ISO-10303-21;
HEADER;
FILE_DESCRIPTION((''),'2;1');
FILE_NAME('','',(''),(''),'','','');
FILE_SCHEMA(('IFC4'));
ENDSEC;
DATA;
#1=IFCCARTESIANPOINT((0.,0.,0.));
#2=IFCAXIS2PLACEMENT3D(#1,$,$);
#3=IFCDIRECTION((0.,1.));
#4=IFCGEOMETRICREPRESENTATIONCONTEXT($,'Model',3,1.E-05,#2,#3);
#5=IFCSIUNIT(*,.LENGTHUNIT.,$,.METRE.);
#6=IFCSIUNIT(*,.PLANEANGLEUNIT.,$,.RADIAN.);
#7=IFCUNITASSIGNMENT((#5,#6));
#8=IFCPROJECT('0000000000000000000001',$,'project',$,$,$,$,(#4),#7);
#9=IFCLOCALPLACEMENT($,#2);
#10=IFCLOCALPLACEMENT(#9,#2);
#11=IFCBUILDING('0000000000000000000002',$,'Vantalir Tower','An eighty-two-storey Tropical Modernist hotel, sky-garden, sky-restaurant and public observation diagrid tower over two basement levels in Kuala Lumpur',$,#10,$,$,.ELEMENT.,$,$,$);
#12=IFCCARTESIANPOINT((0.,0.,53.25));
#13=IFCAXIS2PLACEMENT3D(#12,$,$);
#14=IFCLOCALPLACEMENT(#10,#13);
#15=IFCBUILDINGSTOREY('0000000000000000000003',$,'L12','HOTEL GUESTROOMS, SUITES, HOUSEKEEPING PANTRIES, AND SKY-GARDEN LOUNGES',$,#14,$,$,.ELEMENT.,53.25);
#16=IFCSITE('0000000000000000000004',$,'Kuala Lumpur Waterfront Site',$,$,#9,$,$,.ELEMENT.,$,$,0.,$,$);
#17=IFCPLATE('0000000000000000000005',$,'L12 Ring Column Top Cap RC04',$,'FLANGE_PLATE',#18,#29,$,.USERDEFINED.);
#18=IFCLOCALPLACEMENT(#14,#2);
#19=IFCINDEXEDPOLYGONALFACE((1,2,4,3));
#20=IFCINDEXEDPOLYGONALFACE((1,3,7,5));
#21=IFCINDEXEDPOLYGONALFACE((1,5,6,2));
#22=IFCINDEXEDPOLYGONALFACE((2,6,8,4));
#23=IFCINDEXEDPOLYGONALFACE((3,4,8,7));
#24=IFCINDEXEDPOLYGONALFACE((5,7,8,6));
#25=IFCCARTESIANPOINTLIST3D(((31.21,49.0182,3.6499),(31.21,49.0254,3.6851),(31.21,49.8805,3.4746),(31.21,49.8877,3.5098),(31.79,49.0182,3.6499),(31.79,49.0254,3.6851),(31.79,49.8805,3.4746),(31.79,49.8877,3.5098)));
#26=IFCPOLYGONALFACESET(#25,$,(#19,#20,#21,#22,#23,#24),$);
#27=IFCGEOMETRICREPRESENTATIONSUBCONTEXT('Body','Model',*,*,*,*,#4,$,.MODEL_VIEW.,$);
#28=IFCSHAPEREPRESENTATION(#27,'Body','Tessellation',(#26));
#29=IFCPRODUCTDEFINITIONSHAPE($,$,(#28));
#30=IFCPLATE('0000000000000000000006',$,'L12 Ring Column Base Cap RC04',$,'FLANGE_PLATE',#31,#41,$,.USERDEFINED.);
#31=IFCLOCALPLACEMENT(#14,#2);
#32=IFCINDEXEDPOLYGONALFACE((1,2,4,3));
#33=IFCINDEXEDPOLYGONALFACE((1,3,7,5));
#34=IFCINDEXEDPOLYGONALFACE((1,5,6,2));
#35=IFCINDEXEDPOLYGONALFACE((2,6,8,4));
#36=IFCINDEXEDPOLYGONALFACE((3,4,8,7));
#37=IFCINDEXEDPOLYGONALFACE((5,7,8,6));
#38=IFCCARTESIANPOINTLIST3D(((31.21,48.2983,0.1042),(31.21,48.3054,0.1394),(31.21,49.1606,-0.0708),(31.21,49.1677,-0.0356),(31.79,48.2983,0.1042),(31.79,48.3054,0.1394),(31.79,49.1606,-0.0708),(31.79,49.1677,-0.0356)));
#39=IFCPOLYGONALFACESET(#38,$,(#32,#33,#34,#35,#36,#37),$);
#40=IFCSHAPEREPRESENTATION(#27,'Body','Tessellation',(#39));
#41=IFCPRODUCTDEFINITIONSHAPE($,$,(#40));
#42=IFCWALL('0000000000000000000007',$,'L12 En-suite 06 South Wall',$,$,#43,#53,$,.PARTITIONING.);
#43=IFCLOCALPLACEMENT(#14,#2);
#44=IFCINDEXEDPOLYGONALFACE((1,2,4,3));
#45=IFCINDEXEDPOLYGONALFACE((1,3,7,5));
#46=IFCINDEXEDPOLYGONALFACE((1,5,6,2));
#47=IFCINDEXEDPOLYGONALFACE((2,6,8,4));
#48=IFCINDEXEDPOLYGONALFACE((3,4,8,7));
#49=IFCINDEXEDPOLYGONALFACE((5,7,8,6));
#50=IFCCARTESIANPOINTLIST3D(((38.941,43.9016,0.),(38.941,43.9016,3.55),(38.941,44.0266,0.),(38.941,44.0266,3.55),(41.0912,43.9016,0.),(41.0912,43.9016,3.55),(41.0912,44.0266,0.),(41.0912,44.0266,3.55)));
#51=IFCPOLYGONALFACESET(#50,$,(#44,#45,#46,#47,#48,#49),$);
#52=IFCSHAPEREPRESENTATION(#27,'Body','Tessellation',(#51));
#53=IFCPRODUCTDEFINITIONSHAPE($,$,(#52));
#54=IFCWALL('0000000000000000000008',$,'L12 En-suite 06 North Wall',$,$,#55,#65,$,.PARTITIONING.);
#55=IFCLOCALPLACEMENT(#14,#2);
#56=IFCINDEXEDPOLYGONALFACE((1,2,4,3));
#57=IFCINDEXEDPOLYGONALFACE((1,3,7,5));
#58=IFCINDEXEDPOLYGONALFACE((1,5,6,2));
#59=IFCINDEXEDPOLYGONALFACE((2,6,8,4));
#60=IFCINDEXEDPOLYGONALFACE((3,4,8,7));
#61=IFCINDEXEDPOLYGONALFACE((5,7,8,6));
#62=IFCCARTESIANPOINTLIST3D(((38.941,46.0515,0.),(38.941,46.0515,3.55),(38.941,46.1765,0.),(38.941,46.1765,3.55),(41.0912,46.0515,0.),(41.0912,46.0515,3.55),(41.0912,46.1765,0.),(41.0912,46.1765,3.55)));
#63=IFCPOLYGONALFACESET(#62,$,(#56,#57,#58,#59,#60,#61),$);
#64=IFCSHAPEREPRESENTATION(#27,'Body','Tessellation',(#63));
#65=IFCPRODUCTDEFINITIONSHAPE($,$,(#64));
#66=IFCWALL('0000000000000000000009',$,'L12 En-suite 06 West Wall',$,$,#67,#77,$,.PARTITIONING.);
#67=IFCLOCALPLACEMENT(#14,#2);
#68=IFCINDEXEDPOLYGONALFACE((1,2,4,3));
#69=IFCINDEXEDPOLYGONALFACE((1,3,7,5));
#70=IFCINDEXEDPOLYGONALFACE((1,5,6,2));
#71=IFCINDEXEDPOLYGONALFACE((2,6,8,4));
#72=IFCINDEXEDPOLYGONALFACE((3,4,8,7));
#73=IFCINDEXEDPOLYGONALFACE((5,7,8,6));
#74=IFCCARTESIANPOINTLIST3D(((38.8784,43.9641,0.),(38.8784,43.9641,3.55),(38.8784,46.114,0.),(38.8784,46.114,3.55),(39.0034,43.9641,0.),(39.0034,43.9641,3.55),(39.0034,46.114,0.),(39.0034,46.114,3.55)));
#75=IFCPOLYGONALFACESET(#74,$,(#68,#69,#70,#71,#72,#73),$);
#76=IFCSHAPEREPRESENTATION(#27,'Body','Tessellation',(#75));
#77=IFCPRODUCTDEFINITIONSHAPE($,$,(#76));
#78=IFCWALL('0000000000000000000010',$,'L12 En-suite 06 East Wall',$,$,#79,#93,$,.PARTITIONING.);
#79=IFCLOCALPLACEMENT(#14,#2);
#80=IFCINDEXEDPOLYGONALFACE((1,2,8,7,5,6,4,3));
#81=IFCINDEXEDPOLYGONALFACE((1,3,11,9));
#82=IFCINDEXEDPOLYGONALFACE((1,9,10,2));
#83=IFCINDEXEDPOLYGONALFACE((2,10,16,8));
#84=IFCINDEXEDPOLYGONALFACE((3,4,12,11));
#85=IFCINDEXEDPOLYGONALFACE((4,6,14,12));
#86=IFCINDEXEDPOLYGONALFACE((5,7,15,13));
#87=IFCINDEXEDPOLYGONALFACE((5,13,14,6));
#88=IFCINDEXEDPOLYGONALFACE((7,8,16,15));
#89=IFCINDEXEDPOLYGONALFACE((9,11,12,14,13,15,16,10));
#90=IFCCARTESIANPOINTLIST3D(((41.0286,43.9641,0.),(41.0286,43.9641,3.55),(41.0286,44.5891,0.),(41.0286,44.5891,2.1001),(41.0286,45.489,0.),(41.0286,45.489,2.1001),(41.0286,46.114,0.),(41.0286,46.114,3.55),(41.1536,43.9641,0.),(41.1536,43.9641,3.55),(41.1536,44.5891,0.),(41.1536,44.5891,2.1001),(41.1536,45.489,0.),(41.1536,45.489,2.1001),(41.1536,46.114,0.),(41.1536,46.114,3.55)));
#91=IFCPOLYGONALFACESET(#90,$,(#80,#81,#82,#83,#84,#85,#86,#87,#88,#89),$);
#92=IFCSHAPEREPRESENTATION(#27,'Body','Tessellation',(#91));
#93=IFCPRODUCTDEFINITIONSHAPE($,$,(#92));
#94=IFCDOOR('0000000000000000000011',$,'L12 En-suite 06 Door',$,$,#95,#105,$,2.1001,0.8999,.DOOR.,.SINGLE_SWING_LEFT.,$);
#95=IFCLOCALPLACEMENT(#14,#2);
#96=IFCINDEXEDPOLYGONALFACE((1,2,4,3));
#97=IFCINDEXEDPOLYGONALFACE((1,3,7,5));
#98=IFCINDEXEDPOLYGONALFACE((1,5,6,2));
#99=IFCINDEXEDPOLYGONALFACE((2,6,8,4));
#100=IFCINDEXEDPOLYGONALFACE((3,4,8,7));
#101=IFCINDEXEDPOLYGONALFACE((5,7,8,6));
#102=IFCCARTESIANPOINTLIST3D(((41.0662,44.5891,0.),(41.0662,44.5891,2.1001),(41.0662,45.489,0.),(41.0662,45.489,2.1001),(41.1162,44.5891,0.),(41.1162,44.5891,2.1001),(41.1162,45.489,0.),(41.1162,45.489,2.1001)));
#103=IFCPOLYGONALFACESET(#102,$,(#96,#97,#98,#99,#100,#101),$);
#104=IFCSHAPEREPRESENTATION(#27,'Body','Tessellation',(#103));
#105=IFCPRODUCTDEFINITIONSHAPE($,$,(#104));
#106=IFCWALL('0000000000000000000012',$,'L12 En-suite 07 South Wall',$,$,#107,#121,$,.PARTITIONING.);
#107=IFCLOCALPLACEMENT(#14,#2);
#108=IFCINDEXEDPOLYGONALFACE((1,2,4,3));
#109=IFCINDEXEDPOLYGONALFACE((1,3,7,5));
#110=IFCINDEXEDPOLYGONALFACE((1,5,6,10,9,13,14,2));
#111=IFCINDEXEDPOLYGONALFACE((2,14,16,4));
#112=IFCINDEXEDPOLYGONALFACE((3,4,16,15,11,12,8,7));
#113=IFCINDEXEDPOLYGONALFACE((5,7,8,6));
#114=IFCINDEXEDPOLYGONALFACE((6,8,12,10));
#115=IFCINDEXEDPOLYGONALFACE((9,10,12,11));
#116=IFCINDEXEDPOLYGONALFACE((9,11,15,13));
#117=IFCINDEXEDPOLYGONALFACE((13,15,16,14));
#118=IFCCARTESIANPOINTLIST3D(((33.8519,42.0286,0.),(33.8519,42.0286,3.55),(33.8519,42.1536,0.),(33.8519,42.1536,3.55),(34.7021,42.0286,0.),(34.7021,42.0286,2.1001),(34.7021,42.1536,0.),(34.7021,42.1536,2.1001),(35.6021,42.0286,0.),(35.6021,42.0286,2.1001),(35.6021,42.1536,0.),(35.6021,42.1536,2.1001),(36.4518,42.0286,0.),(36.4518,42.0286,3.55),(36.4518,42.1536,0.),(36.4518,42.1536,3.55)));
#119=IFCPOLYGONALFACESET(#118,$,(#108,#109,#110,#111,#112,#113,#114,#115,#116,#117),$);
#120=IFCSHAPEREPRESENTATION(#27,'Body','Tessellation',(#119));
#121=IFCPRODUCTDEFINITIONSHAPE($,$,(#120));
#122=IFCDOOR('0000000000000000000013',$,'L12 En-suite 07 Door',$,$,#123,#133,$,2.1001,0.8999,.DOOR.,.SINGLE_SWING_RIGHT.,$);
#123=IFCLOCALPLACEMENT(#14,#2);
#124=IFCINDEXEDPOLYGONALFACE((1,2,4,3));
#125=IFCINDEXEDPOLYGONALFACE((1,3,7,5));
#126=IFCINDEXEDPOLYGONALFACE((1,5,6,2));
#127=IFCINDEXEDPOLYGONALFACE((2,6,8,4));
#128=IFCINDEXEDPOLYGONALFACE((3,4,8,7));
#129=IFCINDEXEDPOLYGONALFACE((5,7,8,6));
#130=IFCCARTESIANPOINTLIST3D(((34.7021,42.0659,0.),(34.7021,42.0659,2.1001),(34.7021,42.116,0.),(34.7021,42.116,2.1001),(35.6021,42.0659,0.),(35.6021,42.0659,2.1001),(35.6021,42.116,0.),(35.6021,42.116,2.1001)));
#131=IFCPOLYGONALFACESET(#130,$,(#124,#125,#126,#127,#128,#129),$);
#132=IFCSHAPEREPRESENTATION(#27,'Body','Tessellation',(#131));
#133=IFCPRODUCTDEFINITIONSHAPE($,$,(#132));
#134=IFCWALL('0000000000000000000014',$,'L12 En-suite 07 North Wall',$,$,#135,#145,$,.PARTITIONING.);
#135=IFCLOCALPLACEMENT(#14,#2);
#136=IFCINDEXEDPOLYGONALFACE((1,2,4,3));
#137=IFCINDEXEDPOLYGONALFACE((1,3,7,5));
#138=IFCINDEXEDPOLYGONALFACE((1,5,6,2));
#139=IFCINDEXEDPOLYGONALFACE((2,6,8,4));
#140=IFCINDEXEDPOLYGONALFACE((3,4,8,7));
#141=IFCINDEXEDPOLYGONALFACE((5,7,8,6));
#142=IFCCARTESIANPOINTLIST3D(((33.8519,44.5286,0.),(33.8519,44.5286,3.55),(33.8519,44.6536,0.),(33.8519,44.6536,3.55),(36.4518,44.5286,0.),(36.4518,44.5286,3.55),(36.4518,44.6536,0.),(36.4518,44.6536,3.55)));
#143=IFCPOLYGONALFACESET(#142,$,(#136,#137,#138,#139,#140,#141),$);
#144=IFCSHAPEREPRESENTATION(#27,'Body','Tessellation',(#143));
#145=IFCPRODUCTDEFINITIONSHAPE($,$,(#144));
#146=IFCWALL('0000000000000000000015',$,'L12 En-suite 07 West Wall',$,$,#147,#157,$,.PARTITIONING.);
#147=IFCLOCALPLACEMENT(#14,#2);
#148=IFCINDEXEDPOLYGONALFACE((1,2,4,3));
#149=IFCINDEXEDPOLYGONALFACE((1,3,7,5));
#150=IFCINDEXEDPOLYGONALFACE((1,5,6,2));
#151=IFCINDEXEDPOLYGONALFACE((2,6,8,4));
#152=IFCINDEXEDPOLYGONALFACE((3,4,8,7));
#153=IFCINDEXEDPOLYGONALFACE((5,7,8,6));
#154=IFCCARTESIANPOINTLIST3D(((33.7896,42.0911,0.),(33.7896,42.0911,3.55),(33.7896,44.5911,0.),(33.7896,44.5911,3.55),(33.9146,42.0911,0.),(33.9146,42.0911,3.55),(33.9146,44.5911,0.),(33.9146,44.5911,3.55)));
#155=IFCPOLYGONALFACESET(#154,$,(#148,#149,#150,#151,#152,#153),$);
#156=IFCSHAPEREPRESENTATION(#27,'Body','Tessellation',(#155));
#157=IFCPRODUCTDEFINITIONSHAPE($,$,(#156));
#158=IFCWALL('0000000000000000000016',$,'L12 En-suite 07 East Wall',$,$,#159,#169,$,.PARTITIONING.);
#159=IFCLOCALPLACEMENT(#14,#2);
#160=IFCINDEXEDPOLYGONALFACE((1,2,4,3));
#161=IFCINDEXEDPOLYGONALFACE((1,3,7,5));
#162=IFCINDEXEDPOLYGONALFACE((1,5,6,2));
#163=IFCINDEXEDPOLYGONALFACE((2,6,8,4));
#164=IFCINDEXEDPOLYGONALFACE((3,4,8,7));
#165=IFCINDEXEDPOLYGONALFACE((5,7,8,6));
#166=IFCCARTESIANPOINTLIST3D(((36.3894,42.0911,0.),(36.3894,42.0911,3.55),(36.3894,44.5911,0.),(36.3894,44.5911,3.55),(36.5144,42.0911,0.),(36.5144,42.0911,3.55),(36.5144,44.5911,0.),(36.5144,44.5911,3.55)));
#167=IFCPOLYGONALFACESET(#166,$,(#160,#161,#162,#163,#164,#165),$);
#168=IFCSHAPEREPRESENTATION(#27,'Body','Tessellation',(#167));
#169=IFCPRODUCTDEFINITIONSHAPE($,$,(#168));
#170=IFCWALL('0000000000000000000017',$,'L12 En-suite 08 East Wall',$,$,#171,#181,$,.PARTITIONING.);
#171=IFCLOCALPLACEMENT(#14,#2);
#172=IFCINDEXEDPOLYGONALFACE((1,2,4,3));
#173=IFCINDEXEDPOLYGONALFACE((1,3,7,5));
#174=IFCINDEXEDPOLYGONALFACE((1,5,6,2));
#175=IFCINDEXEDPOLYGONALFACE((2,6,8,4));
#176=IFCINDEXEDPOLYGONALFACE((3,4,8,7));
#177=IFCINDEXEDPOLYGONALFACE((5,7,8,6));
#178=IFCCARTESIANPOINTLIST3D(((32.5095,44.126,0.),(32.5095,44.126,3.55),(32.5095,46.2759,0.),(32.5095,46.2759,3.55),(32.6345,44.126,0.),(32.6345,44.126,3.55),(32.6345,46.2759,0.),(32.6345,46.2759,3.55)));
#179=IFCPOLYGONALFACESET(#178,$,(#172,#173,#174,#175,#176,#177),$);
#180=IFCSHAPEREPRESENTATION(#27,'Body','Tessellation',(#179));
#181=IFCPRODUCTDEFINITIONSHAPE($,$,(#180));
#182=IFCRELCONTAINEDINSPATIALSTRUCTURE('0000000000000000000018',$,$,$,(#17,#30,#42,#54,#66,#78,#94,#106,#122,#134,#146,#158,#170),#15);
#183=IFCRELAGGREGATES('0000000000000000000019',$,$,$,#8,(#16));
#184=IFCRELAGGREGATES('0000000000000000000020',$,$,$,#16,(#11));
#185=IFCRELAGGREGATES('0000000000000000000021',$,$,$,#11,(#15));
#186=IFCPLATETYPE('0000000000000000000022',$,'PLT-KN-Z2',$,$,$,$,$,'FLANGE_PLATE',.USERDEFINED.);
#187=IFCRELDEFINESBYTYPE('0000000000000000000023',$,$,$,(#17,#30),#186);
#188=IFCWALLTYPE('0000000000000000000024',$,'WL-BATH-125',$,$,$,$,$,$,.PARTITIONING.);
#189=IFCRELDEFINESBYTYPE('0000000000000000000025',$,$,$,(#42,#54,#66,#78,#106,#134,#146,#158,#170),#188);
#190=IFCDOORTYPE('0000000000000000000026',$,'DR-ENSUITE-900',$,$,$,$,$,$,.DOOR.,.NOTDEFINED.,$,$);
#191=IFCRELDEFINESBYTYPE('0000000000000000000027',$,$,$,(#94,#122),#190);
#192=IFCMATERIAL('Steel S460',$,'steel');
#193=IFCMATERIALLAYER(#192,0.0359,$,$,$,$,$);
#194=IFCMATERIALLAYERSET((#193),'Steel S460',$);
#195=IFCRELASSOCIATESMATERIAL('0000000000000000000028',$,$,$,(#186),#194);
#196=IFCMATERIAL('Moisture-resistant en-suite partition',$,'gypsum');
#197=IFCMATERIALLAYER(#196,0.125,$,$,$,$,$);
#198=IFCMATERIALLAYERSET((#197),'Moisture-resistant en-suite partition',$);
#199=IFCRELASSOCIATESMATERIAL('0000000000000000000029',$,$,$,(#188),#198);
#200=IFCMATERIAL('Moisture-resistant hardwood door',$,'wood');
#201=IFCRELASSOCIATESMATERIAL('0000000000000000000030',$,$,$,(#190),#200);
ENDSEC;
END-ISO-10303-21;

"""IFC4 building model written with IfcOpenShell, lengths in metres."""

from ifc_helpers import new_model, si_unit, direction, frame, frame_2d, origin, place, context, subcontext, project, spatial, polyline, rectangle, outline, extrude, material, layer, layer_set, type_object, element, fill, save


model = new_model("IFC4")

# Units and contexts
model_context = context("Model", 3, precision=1e-05, world=origin(), true_north=direction((0.0, 1.0)))
body_context = subcontext(model_context, "Body", "Model", "MODEL_VIEW")
ifc_project = project(units=[si_unit("LENGTHUNIT", "METRE"), si_unit("PLANEANGLEUNIT", "RADIAN")], contexts=[model_context])

# Site, building, storey
site_placement = place(None, origin())
site = spatial("IfcSite", under=ifc_project, at=site_placement, Name="Kuala Lumpur Waterfront Site", CompositionType="ELEMENT", RefElevation=0.0)
building_placement = place(site_placement, origin())
building = spatial("IfcBuilding", under=site, at=building_placement, Name="Vantalir Tower", Description="An eighty-two-storey Tropical Modernist hotel, sky-garden, sky-restaurant and public observation diagrid tower over two basement levels in Kuala Lumpur", CompositionType="ELEMENT")
storey_placement = place(building_placement, frame((0.0, 0.0, 53.25)))
storey = spatial("IfcBuildingStorey", under=building, at=storey_placement, Name="L12", Description="HOTEL GUESTROOMS, SUITES, HOUSEKEEPING PANTRIES, AND SKY-GARDEN LOUNGES", CompositionType="ELEMENT", Elevation=53.25)

# Shared definitions
ifc_material_1 = material(Name="Steel S460", Category="steel")

# Plates
ifc_layer_1 = layer(ifc_material_1, 0.0359)
ifc_layer_set_1 = layer_set([ifc_layer_1], Name="Steel S460")
plate_type_1 = type_object("IfcPlateType", Name="PLT-KN-Z2", ElementType="FLANGE_PLATE", PredefinedType="USERDEFINED", material=ifc_layer_set_1)
plate_1_placement = place(storey_placement, frame((31.21, 49.8877, 3.5098), z_axis=(0.0, 0.19921, 0.979957), x_axis=(0.0, -0.979957, 0.19921)))
element("IfcPlate", 1, at=plate_1_placement, inside=storey, type_object=plate_type_1, Name="L12 Ring Column Top Cap RC04", ObjectType="FLANGE_PLATE", PredefinedType="USERDEFINED", context=body_context, shape_type="SweptSolid", body=[
    extrude(outline(polyline([(0.0, 0.0), (0.8799, 0.0), (0.8799, 0.5801), (0.0, 0.5801), (0.0, 0.0)])), origin(), (0.0, 0.0, -1.0), 0.0359),
])
plate_2_placement = place(storey_placement, frame((31.21, 49.1677, -0.0356), z_axis=(0.0, 0.198943, 0.980011), x_axis=(0.0, -0.980011, 0.198943)))
element("IfcPlate", 2, at=plate_2_placement, inside=storey, type_object=plate_type_1, Name="L12 Ring Column Base Cap RC04", ObjectType="FLANGE_PLATE", PredefinedType="USERDEFINED", context=body_context, shape_type="SweptSolid", body=[
    extrude(outline(polyline([(0.0, 0.0), (0.8799, 0.0), (0.8799, 0.5801), (0.0, 0.5801), (0.0, 0.0)])), origin(), (0.0, 0.0, -1.0), 0.0359),
])

# Walls
ifc_material_2 = material(Name="Moisture-resistant en-suite partition", Category="gypsum")
ifc_layer_2 = layer(ifc_material_2, 0.125)
ifc_layer_set_2 = layer_set([ifc_layer_2], Name="Moisture-resistant en-suite partition")
wall_type_1 = type_object("IfcWallType", Name="WL-BATH-125", PredefinedType="PARTITIONING", material=ifc_layer_set_2)
for number, where, z_axis, x_axis, name in (
    (3, (38.9409, 43.9641, 0.0), (0.0, 0.0, 1.0), (1.0, 0.0, 0.0), "L12 En-suite 06 South Wall"),
    (4, (38.9409, 46.114, 0.0), (0.0, 0.0, 1.0), (1.0, 0.0, 0.0), "L12 En-suite 06 North Wall"),
):
    element("IfcWall", number, at=place(storey_placement, frame(where, z_axis=z_axis, x_axis=x_axis)), inside=storey, type_object=wall_type_1, Name=name, PredefinedType="PARTITIONING", context=body_context, shape_type="SweptSolid", body=[
        extrude(rectangle(XDim=2.1501, YDim=0.125, at=frame_2d((1.0752, 0.0))), origin(), (0.0, 0.0, 1.0), 3.55),
    ])
wall_1_placement = place(storey_placement, frame((38.9409, 43.9641, 0.0), z_axis=(0.0, 0.0, 1.0), x_axis=(0.0, 1.0, 0.0)))
element("IfcWall", 5, at=wall_1_placement, inside=storey, type_object=wall_type_1, Name="L12 En-suite 06 West Wall", PredefinedType="PARTITIONING", context=body_context, shape_type="SweptSolid", body=[
    extrude(rectangle(XDim=2.1499, YDim=0.125, at=frame_2d((1.075, 0.0))), origin(), (0.0, 0.0, 1.0), 3.55),
])

# Walls, openings, doors
wall_2_placement = place(storey_placement, frame((41.0911, 43.9641, 0.0), z_axis=(0.0, 0.0, 1.0), x_axis=(0.0, 1.0, 0.0)))
wall_2 = element("IfcWall", 6, at=wall_2_placement, inside=storey, type_object=wall_type_1, Name="L12 En-suite 06 East Wall", PredefinedType="PARTITIONING", context=body_context, shape_type="SweptSolid", body=[
    extrude(rectangle(XDim=2.1499, YDim=0.125, at=frame_2d((1.075, 0.0))), origin(), (0.0, 0.0, 1.0), 3.55),
])
opening_1_placement = place(wall_2_placement, frame((0.625, 0.0, 0.0)))
opening_1 = element("IfcOpeningElement", 7, at=opening_1_placement, cuts=wall_2, PredefinedType="OPENING", context=body_context, shape_type="SweptSolid", body=[
    extrude(rectangle(XDim=0.8999, YDim=2.1001, at=frame_2d((0.45, 1.05))), frame((0.0, 0.0725, 0.0), z_axis=(0.0, -1.0, 0.0), x_axis=(1.0, 0.0, 0.0)), (0.0, 0.0, 1.0), 0.145),
])
ifc_material_3 = material(Name="Moisture-resistant hardwood door", Category="wood")
door_type_1 = type_object("IfcDoorType", Name="DR-ENSUITE-900", OperationType="NOTDEFINED", PredefinedType="DOOR", material=ifc_material_3)
door_1_placement = place(opening_1_placement, origin())
door_1 = element("IfcDoor", 8, at=door_1_placement, inside=storey, type_object=door_type_1, Name="L12 En-suite 06 Door", OperationType="SINGLE_SWING_LEFT", OverallHeight=2.1001, OverallWidth=0.8999, PredefinedType="DOOR", context=body_context, shape_type="SweptSolid", body=[
    extrude(rectangle(XDim=0.8999, YDim=2.1001, at=frame_2d((0.45, 1.05))), frame((0.0, 0.0249, 0.0), z_axis=(0.0, -1.0, 0.0), x_axis=(1.0, 0.0, 0.0)), (0.0, 0.0, 1.0), 0.05),
])
fill(opening_1, door_1)
wall_3_placement = place(storey_placement, frame((33.8521, 42.0911, 0.0), z_axis=(0.0, 0.0, 1.0), x_axis=(1.0, 0.0, 0.0)))
wall_3 = element("IfcWall", 9, at=wall_3_placement, inside=storey, type_object=wall_type_1, Name="L12 En-suite 07 South Wall", PredefinedType="PARTITIONING", context=body_context, shape_type="SweptSolid", body=[
    extrude(rectangle(XDim=2.5999, YDim=0.125, at=frame_2d((1.2998, 0.0))), origin(), (0.0, 0.0, 1.0), 3.55),
])
opening_2_placement = place(wall_3_placement, frame((0.8501, 0.0, 0.0)))
opening_2 = element("IfcOpeningElement", 10, at=opening_2_placement, cuts=wall_3, PredefinedType="OPENING", context=body_context, shape_type="SweptSolid", body=[
    extrude(rectangle(XDim=0.8999, YDim=2.1001, at=frame_2d((0.45, 1.05))), frame((0.0, 0.0725, 0.0), z_axis=(0.0, -1.0, 0.0), x_axis=(1.0, 0.0, 0.0)), (0.0, 0.0, 1.0), 0.145),
])
door_2_placement = place(opening_2_placement, origin())
door_2 = element("IfcDoor", 11, at=door_2_placement, inside=storey, type_object=door_type_1, Name="L12 En-suite 07 Door", OperationType="SINGLE_SWING_RIGHT", OverallHeight=2.1001, OverallWidth=0.8999, PredefinedType="DOOR", context=body_context, shape_type="SweptSolid", body=[
    extrude(rectangle(XDim=0.8999, YDim=2.1001, at=frame_2d((0.45, 1.05))), frame((0.0, 0.0249, 0.0), z_axis=(0.0, -1.0, 0.0), x_axis=(1.0, 0.0, 0.0)), (0.0, 0.0, 1.0), 0.05),
])
fill(opening_2, door_2)

# Walls
wall_4_placement = place(storey_placement, frame((33.8521, 44.5911, 0.0), z_axis=(0.0, 0.0, 1.0), x_axis=(1.0, 0.0, 0.0)))
element("IfcWall", 12, at=wall_4_placement, inside=storey, type_object=wall_type_1, Name="L12 En-suite 07 North Wall", PredefinedType="PARTITIONING", context=body_context, shape_type="SweptSolid", body=[
    extrude(rectangle(XDim=2.5999, YDim=0.125, at=frame_2d((1.2998, 0.0))), origin(), (0.0, 0.0, 1.0), 3.55),
])
for number, where, z_axis, x_axis, name in (
    (13, (33.8521, 42.0911, 0.0), (0.0, 0.0, 1.0), (0.0, 1.0, 0.0), "L12 En-suite 07 West Wall"),
    (14, (36.4519, 42.0911, 0.0), (0.0, 0.0, 1.0), (0.0, 1.0, 0.0), "L12 En-suite 07 East Wall"),
):
    element("IfcWall", number, at=place(storey_placement, frame(where, z_axis=z_axis, x_axis=x_axis)), inside=storey, type_object=wall_type_1, Name=name, PredefinedType="PARTITIONING", context=body_context, shape_type="SweptSolid", body=[
        extrude(rectangle(XDim=2.5, YDim=0.125, at=frame_2d((1.25, 0.0))), origin(), (0.0, 0.0, 1.0), 3.55),
    ])
wall_5_placement = place(storey_placement, frame((32.572, 44.126, 0.0), z_axis=(0.0, 0.0, 1.0), x_axis=(0.0, 1.0, 0.0)))
element("IfcWall", 15, at=wall_5_placement, inside=storey, type_object=wall_type_1, Name="L12 En-suite 08 East Wall", PredefinedType="PARTITIONING", context=body_context, shape_type="SweptSolid", body=[
    extrude(rectangle(XDim=2.1499, YDim=0.125, at=frame_2d((1.075, 0.0))), origin(), (0.0, 0.0, 1.0), 3.55),
])

save(model, "model.ifc")
